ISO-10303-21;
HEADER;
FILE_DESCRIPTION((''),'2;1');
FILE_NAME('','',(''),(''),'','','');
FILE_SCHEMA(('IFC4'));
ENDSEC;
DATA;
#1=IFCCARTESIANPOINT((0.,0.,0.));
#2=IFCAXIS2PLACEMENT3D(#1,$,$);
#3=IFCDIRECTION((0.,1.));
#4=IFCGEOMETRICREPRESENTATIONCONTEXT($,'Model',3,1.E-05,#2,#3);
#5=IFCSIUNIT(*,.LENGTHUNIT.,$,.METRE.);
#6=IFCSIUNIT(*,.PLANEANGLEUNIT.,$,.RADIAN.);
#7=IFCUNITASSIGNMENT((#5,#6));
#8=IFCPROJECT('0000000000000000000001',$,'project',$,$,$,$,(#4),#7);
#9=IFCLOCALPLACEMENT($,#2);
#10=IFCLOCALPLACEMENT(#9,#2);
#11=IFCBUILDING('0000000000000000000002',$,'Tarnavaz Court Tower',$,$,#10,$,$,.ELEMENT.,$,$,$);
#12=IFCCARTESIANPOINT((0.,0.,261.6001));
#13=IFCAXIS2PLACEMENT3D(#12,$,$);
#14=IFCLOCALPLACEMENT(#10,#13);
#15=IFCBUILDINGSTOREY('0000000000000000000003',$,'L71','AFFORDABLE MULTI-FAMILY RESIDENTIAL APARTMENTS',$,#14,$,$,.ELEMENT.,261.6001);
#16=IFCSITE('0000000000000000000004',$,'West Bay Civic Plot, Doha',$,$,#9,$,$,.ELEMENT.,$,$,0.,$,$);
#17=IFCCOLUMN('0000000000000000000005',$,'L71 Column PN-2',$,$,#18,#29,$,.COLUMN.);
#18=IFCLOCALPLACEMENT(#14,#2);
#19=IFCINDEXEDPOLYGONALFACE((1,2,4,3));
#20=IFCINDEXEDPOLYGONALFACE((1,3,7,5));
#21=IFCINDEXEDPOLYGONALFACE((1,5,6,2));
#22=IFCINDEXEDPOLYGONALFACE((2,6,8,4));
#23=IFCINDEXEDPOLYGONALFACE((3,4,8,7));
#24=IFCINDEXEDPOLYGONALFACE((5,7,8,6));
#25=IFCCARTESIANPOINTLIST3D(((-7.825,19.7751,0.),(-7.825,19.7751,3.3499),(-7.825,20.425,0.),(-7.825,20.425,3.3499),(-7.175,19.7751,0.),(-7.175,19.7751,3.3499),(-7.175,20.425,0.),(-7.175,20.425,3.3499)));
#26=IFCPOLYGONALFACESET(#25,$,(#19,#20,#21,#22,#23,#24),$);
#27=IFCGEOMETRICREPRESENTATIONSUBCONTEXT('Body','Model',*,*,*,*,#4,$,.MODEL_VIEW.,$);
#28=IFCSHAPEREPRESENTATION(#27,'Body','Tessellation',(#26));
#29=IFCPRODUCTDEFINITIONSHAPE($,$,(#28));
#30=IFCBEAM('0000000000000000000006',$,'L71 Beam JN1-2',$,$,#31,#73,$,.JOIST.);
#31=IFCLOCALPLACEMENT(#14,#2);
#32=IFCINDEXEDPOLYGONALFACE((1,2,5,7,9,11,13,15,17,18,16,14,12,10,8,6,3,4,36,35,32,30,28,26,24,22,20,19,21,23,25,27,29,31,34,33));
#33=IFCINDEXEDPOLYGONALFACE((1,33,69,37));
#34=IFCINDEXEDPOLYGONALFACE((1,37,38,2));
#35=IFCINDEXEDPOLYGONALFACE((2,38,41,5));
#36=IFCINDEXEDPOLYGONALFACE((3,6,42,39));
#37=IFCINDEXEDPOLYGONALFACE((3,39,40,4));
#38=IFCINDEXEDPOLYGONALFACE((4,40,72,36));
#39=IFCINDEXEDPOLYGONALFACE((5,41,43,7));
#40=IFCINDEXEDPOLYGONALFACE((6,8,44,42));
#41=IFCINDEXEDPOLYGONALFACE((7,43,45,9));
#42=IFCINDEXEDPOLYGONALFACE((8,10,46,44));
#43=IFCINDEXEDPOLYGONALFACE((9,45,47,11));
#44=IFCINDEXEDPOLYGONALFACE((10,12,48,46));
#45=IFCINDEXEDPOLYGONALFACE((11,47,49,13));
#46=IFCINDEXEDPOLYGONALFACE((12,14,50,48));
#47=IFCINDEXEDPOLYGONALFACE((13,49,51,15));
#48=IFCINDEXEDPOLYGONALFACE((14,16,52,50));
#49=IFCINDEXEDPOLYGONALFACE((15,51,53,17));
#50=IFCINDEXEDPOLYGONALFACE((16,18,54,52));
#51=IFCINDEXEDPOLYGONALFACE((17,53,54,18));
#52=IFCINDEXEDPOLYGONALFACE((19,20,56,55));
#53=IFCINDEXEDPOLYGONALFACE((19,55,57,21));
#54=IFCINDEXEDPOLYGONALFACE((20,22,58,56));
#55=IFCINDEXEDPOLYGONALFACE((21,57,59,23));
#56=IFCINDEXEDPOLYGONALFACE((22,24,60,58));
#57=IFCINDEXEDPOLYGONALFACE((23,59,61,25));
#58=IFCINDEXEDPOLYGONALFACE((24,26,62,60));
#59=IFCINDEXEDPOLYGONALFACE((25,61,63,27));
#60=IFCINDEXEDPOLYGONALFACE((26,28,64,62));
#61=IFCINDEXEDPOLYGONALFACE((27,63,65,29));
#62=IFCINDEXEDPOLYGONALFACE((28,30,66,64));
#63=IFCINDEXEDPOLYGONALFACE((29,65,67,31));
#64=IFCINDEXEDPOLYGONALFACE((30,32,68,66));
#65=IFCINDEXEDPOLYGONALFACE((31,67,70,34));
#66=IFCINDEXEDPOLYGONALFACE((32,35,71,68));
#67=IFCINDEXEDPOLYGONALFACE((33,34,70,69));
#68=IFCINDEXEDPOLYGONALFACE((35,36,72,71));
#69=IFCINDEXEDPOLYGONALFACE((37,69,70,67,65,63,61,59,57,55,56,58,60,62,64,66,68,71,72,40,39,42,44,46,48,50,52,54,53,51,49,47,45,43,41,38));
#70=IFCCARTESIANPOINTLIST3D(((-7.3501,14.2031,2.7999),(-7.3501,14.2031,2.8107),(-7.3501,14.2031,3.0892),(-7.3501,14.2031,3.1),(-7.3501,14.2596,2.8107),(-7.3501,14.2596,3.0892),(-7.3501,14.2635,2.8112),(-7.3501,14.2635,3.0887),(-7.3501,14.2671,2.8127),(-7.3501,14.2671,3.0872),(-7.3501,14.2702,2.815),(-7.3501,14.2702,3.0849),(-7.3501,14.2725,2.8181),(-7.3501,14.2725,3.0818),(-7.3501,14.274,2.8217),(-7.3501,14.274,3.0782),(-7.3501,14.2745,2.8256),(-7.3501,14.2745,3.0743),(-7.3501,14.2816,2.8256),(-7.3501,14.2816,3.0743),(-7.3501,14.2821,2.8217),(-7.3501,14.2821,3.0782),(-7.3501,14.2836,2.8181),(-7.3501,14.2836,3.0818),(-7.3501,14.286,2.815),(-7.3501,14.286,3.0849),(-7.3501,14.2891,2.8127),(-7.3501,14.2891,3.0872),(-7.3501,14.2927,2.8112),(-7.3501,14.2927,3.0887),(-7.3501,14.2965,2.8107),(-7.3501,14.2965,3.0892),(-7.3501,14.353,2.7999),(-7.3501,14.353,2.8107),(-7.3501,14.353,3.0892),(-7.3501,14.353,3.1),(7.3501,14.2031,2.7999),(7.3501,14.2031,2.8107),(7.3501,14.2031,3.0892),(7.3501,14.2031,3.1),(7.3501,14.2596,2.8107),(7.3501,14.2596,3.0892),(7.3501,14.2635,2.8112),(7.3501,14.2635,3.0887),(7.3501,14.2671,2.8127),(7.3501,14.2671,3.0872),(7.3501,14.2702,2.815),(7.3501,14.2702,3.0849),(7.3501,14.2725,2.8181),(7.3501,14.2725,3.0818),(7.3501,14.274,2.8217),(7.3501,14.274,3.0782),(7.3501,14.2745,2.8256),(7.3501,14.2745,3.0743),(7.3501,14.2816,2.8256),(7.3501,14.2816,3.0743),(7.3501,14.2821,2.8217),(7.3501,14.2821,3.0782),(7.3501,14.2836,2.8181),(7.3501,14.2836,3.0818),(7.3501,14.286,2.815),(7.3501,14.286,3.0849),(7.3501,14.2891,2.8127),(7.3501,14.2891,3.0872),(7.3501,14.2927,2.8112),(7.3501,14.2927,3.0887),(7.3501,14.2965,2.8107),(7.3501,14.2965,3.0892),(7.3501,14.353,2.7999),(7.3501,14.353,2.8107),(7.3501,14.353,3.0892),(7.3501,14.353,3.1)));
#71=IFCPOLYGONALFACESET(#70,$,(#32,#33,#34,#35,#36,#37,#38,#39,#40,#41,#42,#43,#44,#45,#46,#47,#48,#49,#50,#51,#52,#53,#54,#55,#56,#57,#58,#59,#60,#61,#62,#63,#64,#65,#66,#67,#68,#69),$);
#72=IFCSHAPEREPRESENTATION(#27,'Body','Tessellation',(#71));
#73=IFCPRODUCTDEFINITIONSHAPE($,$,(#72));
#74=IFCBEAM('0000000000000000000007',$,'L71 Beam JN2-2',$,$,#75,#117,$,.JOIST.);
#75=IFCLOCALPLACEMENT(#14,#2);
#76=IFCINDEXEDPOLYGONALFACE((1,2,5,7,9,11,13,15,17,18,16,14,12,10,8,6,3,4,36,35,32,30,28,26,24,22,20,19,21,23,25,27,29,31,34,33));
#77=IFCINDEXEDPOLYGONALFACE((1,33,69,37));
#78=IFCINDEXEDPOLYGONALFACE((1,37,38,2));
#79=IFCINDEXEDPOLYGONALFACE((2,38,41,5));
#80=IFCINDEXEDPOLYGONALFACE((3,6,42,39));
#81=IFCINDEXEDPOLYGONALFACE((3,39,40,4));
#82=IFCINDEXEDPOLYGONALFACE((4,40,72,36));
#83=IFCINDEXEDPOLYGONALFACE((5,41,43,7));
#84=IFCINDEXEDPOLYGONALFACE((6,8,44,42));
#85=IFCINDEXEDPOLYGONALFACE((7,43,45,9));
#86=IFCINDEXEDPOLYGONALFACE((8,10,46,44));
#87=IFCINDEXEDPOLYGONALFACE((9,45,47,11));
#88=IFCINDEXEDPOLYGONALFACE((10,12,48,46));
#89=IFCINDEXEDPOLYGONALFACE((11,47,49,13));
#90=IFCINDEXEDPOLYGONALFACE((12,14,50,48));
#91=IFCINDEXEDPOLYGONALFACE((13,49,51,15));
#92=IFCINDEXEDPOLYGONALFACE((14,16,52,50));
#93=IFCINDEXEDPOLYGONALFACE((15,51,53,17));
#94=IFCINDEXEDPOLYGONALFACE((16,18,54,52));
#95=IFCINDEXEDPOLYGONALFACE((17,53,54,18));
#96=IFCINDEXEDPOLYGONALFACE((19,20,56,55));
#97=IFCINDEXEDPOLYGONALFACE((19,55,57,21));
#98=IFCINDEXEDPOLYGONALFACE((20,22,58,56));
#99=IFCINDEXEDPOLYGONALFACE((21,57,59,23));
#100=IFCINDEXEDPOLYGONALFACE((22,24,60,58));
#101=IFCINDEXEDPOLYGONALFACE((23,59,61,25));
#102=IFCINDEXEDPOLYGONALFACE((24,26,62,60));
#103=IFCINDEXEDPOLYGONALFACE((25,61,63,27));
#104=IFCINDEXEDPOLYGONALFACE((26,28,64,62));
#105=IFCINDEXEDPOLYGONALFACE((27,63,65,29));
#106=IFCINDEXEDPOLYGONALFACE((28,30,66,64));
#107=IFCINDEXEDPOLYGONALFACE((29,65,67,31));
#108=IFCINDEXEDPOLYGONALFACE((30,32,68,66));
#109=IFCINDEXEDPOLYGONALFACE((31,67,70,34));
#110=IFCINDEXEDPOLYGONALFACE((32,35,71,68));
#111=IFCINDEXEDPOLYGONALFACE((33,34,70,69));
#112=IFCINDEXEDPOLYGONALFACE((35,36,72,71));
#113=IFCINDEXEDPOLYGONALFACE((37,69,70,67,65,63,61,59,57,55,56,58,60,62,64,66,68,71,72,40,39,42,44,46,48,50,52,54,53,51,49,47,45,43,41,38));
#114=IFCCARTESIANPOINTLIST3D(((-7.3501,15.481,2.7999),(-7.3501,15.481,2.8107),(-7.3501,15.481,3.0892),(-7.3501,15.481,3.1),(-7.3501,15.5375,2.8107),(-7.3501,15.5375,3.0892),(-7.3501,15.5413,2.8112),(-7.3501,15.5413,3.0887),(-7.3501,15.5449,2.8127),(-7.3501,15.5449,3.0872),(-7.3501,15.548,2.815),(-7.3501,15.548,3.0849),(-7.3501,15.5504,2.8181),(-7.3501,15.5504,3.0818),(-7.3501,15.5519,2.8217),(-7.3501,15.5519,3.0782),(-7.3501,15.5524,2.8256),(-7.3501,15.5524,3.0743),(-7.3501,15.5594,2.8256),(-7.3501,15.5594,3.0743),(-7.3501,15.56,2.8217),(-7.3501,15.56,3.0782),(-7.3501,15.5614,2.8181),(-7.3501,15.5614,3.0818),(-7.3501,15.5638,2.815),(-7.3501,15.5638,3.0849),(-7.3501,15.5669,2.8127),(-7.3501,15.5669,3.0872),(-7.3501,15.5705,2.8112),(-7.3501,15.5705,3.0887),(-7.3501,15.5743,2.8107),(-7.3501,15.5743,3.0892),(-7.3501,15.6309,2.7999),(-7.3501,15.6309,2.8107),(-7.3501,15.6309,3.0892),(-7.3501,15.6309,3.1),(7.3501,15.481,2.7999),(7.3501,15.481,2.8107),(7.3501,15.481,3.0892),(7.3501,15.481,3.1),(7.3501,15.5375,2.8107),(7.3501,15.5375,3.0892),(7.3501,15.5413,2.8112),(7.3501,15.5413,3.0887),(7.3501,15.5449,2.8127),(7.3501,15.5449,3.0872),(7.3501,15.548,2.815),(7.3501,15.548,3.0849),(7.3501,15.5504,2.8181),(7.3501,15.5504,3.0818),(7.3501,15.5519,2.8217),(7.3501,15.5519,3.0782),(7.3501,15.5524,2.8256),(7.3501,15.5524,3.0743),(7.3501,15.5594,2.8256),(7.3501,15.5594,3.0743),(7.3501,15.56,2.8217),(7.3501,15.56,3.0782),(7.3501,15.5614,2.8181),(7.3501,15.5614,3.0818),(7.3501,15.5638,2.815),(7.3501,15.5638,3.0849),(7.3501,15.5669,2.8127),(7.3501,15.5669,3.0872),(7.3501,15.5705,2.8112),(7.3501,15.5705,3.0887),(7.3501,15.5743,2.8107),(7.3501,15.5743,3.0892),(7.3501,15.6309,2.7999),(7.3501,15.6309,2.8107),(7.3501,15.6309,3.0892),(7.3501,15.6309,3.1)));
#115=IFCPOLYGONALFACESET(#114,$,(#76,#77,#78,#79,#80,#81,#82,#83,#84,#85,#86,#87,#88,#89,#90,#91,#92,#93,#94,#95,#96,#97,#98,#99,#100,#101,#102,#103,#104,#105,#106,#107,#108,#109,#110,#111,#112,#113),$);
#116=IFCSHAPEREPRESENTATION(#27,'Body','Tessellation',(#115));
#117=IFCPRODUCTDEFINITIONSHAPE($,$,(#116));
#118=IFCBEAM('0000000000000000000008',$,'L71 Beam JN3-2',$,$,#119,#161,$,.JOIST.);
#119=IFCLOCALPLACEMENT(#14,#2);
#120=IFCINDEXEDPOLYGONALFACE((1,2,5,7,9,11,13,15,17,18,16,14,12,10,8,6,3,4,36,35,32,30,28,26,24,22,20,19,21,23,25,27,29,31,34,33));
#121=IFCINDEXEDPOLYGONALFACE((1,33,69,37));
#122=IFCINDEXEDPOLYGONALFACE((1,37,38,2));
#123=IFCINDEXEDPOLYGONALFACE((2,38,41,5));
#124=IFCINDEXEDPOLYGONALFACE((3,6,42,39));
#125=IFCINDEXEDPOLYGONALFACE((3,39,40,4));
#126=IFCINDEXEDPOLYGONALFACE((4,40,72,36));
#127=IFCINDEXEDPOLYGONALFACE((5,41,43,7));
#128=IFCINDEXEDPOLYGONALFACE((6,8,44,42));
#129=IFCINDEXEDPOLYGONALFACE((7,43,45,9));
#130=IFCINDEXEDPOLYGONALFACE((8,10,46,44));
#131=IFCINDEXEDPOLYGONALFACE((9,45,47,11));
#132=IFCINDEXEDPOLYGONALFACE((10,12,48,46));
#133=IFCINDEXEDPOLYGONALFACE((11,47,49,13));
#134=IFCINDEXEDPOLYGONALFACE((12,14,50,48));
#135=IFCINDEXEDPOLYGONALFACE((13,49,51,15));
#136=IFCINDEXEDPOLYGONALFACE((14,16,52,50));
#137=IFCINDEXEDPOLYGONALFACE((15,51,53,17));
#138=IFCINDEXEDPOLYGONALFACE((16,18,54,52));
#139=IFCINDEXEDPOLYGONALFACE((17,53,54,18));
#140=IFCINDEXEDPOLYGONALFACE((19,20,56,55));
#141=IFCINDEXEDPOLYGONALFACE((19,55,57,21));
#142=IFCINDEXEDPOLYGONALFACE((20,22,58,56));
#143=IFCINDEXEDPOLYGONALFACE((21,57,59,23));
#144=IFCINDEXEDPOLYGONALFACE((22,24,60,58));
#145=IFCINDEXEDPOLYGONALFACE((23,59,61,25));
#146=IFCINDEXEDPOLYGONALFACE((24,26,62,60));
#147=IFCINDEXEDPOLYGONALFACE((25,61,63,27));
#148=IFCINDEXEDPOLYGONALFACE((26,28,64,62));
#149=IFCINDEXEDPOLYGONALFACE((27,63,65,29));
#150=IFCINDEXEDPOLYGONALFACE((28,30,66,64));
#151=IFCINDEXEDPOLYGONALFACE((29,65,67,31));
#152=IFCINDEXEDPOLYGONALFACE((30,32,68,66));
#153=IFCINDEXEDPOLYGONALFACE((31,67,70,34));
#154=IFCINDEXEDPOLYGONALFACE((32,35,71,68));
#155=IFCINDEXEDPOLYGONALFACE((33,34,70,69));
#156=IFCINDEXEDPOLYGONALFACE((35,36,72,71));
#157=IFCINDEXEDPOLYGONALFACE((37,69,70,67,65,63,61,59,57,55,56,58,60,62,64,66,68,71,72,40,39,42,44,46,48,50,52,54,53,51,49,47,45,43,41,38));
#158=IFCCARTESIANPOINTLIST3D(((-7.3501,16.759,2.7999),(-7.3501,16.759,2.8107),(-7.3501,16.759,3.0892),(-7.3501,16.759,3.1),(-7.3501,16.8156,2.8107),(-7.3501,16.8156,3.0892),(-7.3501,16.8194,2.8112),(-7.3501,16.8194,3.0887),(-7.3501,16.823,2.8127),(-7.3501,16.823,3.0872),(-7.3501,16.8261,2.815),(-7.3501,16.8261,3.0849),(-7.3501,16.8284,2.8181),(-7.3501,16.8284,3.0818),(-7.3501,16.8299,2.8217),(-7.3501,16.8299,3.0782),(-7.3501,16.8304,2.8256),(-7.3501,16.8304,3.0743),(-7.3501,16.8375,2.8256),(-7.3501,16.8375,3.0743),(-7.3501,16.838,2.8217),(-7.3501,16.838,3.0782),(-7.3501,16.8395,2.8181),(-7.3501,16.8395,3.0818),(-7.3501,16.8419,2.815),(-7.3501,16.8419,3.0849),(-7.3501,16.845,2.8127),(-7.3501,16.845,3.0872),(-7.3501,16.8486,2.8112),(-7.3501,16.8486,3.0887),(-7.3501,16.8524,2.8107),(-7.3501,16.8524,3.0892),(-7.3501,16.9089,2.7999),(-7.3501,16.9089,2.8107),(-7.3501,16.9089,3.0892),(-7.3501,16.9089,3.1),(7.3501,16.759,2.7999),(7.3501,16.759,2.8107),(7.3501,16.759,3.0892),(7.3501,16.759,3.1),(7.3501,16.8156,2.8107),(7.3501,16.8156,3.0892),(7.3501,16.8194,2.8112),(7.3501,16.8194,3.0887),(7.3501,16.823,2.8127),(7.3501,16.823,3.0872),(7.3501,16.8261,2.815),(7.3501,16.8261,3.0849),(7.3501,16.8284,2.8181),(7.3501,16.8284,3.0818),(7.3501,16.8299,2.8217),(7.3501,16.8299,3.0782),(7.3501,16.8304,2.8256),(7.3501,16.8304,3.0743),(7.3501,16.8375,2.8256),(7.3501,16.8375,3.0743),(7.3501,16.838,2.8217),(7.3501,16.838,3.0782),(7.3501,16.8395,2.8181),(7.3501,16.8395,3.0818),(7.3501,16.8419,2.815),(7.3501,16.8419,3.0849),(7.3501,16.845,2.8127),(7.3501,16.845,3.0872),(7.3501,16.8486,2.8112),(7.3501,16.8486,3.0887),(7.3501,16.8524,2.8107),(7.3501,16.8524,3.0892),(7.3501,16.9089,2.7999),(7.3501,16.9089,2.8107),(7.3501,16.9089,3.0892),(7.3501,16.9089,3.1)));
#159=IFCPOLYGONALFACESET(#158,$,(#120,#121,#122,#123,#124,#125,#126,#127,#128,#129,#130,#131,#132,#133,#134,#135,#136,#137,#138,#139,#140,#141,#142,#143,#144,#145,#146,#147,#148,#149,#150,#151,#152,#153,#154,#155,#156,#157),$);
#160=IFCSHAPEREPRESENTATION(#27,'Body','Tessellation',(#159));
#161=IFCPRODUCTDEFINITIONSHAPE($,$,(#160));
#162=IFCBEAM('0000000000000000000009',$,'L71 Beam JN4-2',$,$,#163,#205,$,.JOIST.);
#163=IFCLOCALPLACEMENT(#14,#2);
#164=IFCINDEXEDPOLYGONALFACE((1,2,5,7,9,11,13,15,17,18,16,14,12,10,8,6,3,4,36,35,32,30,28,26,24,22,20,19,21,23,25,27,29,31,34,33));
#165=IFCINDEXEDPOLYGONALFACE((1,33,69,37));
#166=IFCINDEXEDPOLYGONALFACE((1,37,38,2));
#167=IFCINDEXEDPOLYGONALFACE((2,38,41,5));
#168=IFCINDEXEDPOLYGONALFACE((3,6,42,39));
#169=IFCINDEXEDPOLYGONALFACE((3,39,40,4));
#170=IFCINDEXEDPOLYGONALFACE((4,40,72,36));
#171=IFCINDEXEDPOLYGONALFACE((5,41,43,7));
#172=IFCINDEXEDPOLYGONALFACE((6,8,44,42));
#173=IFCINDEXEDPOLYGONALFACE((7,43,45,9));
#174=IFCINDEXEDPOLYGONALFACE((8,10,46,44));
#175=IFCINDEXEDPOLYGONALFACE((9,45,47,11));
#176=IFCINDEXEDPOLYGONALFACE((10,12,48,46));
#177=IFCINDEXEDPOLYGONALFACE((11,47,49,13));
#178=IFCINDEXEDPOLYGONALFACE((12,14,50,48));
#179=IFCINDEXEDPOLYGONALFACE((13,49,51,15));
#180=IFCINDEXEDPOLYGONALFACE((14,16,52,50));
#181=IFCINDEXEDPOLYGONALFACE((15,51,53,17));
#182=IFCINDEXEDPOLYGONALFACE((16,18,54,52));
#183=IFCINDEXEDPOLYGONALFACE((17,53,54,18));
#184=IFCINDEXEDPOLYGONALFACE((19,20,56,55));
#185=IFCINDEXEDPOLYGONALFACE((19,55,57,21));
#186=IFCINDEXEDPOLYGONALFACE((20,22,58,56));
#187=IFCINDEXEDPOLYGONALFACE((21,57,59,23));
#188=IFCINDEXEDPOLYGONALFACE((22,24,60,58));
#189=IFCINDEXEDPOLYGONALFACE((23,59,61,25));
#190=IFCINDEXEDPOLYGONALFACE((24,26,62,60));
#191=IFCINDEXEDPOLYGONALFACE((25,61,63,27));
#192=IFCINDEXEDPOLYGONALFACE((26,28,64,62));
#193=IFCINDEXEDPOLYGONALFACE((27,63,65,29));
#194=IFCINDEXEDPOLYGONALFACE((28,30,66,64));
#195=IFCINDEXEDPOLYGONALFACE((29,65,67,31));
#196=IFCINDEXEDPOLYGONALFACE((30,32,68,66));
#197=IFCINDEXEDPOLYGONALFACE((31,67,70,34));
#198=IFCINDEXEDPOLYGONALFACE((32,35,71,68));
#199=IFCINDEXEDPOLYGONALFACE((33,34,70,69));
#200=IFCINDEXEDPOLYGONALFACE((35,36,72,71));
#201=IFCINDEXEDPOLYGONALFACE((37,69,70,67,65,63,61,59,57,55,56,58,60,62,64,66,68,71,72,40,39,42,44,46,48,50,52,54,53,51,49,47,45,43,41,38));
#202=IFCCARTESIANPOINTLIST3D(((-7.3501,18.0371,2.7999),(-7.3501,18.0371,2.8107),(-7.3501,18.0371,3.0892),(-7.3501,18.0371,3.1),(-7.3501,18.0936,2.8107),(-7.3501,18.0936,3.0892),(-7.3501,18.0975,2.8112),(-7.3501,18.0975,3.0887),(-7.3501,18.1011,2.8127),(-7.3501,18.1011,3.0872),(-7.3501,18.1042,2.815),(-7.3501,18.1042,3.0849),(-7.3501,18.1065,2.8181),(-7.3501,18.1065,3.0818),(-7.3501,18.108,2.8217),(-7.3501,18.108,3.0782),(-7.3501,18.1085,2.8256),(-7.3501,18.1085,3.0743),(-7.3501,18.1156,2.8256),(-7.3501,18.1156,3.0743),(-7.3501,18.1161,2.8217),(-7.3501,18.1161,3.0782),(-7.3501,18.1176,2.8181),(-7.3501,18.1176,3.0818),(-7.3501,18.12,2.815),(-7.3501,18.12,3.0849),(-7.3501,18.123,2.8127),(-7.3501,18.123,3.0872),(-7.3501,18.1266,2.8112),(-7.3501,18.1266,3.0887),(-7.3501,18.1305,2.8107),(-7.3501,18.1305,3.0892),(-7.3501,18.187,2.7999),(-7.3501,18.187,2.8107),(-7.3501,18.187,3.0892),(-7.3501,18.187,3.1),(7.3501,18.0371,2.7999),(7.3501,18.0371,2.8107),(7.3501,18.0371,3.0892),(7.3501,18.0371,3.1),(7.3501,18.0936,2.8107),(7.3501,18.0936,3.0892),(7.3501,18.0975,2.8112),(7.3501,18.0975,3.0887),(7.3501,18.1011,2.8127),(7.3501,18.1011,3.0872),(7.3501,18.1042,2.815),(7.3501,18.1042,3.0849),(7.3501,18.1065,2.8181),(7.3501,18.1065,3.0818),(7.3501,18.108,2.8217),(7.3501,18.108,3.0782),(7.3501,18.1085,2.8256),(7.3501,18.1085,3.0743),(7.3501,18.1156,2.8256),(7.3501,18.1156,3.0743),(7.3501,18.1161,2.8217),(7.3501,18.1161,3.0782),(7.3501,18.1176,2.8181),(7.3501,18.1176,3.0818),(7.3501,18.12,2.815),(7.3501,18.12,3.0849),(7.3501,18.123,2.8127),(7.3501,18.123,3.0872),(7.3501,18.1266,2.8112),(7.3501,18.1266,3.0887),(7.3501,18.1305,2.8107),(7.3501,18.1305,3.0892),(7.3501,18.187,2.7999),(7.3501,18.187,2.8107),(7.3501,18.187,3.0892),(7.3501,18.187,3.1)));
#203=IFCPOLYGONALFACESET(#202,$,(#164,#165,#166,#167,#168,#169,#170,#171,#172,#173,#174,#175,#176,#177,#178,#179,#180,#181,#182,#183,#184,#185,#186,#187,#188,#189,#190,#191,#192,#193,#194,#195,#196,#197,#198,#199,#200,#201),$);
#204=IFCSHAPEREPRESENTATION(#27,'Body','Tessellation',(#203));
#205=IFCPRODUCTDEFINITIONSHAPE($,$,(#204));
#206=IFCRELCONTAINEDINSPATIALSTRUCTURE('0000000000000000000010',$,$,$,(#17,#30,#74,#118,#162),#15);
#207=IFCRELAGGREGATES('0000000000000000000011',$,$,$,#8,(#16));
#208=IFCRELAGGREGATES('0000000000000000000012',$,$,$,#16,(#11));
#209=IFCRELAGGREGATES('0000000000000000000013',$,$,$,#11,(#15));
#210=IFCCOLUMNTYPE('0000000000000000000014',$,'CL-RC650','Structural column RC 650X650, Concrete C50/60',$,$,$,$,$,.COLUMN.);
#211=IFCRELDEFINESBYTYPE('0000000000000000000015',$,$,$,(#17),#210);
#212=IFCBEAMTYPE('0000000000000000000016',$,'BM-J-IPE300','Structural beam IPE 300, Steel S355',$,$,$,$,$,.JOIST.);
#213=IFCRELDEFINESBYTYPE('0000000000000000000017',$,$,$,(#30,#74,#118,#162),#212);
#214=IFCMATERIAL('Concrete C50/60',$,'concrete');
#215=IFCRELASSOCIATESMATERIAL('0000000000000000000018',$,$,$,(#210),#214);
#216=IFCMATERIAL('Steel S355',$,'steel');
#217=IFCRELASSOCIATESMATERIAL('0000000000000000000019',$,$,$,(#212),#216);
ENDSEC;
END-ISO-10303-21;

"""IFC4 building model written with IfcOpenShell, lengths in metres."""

from ifc_helpers import new_model, si_unit, direction, frame, origin, origin_2d, place, context, subcontext, project, spatial, rectangle, i_section, extrude, material, material_profile, profile_set, type_object, element, save


model = new_model("IFC4")

# Units and contexts
model_context = context("Model", 3, precision=1e-05, world=origin(), true_north=direction((0.0, 1.0)))
body_context = subcontext(model_context, "Body", "Model", "MODEL_VIEW")
ifc_project = project(units=[si_unit("LENGTHUNIT", "METRE"), si_unit("PLANEANGLEUNIT", "RADIAN")], contexts=[model_context])

# Site, building, storey
site_placement = place(None, origin())
site = spatial("IfcSite", under=ifc_project, at=site_placement, Name="West Bay Civic Plot, Doha", CompositionType="ELEMENT", RefElevation=0.0)
building_placement = place(site_placement, origin())
building = spatial("IfcBuilding", under=site, at=building_placement, Name="Tarnavaz Court Tower", CompositionType="ELEMENT")
storey_placement = place(building_placement, frame((0.0, 0.0, 261.6001)))
storey = spatial("IfcBuildingStorey", under=building, at=storey_placement, Name="L71", Description="AFFORDABLE MULTI-FAMILY RESIDENTIAL APARTMENTS", CompositionType="ELEMENT", Elevation=261.6001)

# Column
ifc_material_1 = material(Name="Concrete C50/60", Category="concrete")
ifc_material_profile_1 = material_profile(ifc_material_1, rectangle(XDim=0.6499, YDim=0.6499, at=origin_2d()), Name="RC 650X650")
ifc_profile_set_1 = profile_set([ifc_material_profile_1], Name="Concrete C50/60")
column_type = type_object("IfcColumnType", Name="CL-RC650", Description="Structural column RC 650X650, Concrete C50/60", PredefinedType="COLUMN", material=ifc_profile_set_1)
column_placement = place(storey_placement, frame((-7.5, 20.1001, 0.0), z_axis=(0.0, 0.0, 1.0), x_axis=(1.0, 0.0, 0.0)))
element("IfcColumn", 1, at=column_placement, inside=storey, type_object=column_type, Name="L71 Column PN-2", PredefinedType="COLUMN", context=body_context, shape_type="SweptSolid", body=[
    extrude(rectangle(XDim=0.6499, YDim=0.6499, at=origin_2d()), origin(), (0.0, 0.0, 1.0), 3.3499),
])

# Beams
ifc_material_2 = material(Name="Steel S355", Category="steel")
ifc_material_profile_2 = material_profile(ifc_material_2, i_section(OverallWidth=0.1499, OverallDepth=0.3, WebThickness=0.0071, FlangeThickness=0.0107, FilletRadius=0.0149, at=origin_2d()), Name="IPE 300")
ifc_profile_set_2 = profile_set([ifc_material_profile_2], Name="Steel S355")
beam_type_1 = type_object("IfcBeamType", Name="BM-J-IPE300", Description="Structural beam IPE 300, Steel S355", PredefinedType="JOIST", material=ifc_profile_set_2)
for number, where, z_axis, x_axis, name in (
    (2, (-7.3501, 14.2781, 2.95), (1.0, 0.0, 0.0), (0.0, 1.0, 0.0), "L71 Beam JN1-2"),
    (3, (-7.3501, 15.5559, 2.95), (1.0, 0.0, 0.0), (0.0, 1.0, 0.0), "L71 Beam JN2-2"),
    (4, (-7.3501, 16.834, 2.95), (1.0, 0.0, 0.0), (0.0, 1.0, 0.0), "L71 Beam JN3-2"),
    (5, (-7.3501, 18.1121, 2.95), (1.0, 0.0, 0.0), (0.0, 1.0, 0.0), "L71 Beam JN4-2"),
):
    element("IfcBeam", number, at=place(storey_placement, frame(where, z_axis=z_axis, x_axis=x_axis)), inside=storey, type_object=beam_type_1, Name=name, PredefinedType="JOIST", context=body_context, shape_type="SweptSolid", body=[
        extrude(i_section(OverallWidth=0.1499, OverallDepth=0.3, WebThickness=0.0071, FlangeThickness=0.0107, FilletRadius=0.0149, at=origin_2d()), origin(), (0.0, 0.0, 1.0), 14.7002),
    ])

save(model, "model.ifc")
